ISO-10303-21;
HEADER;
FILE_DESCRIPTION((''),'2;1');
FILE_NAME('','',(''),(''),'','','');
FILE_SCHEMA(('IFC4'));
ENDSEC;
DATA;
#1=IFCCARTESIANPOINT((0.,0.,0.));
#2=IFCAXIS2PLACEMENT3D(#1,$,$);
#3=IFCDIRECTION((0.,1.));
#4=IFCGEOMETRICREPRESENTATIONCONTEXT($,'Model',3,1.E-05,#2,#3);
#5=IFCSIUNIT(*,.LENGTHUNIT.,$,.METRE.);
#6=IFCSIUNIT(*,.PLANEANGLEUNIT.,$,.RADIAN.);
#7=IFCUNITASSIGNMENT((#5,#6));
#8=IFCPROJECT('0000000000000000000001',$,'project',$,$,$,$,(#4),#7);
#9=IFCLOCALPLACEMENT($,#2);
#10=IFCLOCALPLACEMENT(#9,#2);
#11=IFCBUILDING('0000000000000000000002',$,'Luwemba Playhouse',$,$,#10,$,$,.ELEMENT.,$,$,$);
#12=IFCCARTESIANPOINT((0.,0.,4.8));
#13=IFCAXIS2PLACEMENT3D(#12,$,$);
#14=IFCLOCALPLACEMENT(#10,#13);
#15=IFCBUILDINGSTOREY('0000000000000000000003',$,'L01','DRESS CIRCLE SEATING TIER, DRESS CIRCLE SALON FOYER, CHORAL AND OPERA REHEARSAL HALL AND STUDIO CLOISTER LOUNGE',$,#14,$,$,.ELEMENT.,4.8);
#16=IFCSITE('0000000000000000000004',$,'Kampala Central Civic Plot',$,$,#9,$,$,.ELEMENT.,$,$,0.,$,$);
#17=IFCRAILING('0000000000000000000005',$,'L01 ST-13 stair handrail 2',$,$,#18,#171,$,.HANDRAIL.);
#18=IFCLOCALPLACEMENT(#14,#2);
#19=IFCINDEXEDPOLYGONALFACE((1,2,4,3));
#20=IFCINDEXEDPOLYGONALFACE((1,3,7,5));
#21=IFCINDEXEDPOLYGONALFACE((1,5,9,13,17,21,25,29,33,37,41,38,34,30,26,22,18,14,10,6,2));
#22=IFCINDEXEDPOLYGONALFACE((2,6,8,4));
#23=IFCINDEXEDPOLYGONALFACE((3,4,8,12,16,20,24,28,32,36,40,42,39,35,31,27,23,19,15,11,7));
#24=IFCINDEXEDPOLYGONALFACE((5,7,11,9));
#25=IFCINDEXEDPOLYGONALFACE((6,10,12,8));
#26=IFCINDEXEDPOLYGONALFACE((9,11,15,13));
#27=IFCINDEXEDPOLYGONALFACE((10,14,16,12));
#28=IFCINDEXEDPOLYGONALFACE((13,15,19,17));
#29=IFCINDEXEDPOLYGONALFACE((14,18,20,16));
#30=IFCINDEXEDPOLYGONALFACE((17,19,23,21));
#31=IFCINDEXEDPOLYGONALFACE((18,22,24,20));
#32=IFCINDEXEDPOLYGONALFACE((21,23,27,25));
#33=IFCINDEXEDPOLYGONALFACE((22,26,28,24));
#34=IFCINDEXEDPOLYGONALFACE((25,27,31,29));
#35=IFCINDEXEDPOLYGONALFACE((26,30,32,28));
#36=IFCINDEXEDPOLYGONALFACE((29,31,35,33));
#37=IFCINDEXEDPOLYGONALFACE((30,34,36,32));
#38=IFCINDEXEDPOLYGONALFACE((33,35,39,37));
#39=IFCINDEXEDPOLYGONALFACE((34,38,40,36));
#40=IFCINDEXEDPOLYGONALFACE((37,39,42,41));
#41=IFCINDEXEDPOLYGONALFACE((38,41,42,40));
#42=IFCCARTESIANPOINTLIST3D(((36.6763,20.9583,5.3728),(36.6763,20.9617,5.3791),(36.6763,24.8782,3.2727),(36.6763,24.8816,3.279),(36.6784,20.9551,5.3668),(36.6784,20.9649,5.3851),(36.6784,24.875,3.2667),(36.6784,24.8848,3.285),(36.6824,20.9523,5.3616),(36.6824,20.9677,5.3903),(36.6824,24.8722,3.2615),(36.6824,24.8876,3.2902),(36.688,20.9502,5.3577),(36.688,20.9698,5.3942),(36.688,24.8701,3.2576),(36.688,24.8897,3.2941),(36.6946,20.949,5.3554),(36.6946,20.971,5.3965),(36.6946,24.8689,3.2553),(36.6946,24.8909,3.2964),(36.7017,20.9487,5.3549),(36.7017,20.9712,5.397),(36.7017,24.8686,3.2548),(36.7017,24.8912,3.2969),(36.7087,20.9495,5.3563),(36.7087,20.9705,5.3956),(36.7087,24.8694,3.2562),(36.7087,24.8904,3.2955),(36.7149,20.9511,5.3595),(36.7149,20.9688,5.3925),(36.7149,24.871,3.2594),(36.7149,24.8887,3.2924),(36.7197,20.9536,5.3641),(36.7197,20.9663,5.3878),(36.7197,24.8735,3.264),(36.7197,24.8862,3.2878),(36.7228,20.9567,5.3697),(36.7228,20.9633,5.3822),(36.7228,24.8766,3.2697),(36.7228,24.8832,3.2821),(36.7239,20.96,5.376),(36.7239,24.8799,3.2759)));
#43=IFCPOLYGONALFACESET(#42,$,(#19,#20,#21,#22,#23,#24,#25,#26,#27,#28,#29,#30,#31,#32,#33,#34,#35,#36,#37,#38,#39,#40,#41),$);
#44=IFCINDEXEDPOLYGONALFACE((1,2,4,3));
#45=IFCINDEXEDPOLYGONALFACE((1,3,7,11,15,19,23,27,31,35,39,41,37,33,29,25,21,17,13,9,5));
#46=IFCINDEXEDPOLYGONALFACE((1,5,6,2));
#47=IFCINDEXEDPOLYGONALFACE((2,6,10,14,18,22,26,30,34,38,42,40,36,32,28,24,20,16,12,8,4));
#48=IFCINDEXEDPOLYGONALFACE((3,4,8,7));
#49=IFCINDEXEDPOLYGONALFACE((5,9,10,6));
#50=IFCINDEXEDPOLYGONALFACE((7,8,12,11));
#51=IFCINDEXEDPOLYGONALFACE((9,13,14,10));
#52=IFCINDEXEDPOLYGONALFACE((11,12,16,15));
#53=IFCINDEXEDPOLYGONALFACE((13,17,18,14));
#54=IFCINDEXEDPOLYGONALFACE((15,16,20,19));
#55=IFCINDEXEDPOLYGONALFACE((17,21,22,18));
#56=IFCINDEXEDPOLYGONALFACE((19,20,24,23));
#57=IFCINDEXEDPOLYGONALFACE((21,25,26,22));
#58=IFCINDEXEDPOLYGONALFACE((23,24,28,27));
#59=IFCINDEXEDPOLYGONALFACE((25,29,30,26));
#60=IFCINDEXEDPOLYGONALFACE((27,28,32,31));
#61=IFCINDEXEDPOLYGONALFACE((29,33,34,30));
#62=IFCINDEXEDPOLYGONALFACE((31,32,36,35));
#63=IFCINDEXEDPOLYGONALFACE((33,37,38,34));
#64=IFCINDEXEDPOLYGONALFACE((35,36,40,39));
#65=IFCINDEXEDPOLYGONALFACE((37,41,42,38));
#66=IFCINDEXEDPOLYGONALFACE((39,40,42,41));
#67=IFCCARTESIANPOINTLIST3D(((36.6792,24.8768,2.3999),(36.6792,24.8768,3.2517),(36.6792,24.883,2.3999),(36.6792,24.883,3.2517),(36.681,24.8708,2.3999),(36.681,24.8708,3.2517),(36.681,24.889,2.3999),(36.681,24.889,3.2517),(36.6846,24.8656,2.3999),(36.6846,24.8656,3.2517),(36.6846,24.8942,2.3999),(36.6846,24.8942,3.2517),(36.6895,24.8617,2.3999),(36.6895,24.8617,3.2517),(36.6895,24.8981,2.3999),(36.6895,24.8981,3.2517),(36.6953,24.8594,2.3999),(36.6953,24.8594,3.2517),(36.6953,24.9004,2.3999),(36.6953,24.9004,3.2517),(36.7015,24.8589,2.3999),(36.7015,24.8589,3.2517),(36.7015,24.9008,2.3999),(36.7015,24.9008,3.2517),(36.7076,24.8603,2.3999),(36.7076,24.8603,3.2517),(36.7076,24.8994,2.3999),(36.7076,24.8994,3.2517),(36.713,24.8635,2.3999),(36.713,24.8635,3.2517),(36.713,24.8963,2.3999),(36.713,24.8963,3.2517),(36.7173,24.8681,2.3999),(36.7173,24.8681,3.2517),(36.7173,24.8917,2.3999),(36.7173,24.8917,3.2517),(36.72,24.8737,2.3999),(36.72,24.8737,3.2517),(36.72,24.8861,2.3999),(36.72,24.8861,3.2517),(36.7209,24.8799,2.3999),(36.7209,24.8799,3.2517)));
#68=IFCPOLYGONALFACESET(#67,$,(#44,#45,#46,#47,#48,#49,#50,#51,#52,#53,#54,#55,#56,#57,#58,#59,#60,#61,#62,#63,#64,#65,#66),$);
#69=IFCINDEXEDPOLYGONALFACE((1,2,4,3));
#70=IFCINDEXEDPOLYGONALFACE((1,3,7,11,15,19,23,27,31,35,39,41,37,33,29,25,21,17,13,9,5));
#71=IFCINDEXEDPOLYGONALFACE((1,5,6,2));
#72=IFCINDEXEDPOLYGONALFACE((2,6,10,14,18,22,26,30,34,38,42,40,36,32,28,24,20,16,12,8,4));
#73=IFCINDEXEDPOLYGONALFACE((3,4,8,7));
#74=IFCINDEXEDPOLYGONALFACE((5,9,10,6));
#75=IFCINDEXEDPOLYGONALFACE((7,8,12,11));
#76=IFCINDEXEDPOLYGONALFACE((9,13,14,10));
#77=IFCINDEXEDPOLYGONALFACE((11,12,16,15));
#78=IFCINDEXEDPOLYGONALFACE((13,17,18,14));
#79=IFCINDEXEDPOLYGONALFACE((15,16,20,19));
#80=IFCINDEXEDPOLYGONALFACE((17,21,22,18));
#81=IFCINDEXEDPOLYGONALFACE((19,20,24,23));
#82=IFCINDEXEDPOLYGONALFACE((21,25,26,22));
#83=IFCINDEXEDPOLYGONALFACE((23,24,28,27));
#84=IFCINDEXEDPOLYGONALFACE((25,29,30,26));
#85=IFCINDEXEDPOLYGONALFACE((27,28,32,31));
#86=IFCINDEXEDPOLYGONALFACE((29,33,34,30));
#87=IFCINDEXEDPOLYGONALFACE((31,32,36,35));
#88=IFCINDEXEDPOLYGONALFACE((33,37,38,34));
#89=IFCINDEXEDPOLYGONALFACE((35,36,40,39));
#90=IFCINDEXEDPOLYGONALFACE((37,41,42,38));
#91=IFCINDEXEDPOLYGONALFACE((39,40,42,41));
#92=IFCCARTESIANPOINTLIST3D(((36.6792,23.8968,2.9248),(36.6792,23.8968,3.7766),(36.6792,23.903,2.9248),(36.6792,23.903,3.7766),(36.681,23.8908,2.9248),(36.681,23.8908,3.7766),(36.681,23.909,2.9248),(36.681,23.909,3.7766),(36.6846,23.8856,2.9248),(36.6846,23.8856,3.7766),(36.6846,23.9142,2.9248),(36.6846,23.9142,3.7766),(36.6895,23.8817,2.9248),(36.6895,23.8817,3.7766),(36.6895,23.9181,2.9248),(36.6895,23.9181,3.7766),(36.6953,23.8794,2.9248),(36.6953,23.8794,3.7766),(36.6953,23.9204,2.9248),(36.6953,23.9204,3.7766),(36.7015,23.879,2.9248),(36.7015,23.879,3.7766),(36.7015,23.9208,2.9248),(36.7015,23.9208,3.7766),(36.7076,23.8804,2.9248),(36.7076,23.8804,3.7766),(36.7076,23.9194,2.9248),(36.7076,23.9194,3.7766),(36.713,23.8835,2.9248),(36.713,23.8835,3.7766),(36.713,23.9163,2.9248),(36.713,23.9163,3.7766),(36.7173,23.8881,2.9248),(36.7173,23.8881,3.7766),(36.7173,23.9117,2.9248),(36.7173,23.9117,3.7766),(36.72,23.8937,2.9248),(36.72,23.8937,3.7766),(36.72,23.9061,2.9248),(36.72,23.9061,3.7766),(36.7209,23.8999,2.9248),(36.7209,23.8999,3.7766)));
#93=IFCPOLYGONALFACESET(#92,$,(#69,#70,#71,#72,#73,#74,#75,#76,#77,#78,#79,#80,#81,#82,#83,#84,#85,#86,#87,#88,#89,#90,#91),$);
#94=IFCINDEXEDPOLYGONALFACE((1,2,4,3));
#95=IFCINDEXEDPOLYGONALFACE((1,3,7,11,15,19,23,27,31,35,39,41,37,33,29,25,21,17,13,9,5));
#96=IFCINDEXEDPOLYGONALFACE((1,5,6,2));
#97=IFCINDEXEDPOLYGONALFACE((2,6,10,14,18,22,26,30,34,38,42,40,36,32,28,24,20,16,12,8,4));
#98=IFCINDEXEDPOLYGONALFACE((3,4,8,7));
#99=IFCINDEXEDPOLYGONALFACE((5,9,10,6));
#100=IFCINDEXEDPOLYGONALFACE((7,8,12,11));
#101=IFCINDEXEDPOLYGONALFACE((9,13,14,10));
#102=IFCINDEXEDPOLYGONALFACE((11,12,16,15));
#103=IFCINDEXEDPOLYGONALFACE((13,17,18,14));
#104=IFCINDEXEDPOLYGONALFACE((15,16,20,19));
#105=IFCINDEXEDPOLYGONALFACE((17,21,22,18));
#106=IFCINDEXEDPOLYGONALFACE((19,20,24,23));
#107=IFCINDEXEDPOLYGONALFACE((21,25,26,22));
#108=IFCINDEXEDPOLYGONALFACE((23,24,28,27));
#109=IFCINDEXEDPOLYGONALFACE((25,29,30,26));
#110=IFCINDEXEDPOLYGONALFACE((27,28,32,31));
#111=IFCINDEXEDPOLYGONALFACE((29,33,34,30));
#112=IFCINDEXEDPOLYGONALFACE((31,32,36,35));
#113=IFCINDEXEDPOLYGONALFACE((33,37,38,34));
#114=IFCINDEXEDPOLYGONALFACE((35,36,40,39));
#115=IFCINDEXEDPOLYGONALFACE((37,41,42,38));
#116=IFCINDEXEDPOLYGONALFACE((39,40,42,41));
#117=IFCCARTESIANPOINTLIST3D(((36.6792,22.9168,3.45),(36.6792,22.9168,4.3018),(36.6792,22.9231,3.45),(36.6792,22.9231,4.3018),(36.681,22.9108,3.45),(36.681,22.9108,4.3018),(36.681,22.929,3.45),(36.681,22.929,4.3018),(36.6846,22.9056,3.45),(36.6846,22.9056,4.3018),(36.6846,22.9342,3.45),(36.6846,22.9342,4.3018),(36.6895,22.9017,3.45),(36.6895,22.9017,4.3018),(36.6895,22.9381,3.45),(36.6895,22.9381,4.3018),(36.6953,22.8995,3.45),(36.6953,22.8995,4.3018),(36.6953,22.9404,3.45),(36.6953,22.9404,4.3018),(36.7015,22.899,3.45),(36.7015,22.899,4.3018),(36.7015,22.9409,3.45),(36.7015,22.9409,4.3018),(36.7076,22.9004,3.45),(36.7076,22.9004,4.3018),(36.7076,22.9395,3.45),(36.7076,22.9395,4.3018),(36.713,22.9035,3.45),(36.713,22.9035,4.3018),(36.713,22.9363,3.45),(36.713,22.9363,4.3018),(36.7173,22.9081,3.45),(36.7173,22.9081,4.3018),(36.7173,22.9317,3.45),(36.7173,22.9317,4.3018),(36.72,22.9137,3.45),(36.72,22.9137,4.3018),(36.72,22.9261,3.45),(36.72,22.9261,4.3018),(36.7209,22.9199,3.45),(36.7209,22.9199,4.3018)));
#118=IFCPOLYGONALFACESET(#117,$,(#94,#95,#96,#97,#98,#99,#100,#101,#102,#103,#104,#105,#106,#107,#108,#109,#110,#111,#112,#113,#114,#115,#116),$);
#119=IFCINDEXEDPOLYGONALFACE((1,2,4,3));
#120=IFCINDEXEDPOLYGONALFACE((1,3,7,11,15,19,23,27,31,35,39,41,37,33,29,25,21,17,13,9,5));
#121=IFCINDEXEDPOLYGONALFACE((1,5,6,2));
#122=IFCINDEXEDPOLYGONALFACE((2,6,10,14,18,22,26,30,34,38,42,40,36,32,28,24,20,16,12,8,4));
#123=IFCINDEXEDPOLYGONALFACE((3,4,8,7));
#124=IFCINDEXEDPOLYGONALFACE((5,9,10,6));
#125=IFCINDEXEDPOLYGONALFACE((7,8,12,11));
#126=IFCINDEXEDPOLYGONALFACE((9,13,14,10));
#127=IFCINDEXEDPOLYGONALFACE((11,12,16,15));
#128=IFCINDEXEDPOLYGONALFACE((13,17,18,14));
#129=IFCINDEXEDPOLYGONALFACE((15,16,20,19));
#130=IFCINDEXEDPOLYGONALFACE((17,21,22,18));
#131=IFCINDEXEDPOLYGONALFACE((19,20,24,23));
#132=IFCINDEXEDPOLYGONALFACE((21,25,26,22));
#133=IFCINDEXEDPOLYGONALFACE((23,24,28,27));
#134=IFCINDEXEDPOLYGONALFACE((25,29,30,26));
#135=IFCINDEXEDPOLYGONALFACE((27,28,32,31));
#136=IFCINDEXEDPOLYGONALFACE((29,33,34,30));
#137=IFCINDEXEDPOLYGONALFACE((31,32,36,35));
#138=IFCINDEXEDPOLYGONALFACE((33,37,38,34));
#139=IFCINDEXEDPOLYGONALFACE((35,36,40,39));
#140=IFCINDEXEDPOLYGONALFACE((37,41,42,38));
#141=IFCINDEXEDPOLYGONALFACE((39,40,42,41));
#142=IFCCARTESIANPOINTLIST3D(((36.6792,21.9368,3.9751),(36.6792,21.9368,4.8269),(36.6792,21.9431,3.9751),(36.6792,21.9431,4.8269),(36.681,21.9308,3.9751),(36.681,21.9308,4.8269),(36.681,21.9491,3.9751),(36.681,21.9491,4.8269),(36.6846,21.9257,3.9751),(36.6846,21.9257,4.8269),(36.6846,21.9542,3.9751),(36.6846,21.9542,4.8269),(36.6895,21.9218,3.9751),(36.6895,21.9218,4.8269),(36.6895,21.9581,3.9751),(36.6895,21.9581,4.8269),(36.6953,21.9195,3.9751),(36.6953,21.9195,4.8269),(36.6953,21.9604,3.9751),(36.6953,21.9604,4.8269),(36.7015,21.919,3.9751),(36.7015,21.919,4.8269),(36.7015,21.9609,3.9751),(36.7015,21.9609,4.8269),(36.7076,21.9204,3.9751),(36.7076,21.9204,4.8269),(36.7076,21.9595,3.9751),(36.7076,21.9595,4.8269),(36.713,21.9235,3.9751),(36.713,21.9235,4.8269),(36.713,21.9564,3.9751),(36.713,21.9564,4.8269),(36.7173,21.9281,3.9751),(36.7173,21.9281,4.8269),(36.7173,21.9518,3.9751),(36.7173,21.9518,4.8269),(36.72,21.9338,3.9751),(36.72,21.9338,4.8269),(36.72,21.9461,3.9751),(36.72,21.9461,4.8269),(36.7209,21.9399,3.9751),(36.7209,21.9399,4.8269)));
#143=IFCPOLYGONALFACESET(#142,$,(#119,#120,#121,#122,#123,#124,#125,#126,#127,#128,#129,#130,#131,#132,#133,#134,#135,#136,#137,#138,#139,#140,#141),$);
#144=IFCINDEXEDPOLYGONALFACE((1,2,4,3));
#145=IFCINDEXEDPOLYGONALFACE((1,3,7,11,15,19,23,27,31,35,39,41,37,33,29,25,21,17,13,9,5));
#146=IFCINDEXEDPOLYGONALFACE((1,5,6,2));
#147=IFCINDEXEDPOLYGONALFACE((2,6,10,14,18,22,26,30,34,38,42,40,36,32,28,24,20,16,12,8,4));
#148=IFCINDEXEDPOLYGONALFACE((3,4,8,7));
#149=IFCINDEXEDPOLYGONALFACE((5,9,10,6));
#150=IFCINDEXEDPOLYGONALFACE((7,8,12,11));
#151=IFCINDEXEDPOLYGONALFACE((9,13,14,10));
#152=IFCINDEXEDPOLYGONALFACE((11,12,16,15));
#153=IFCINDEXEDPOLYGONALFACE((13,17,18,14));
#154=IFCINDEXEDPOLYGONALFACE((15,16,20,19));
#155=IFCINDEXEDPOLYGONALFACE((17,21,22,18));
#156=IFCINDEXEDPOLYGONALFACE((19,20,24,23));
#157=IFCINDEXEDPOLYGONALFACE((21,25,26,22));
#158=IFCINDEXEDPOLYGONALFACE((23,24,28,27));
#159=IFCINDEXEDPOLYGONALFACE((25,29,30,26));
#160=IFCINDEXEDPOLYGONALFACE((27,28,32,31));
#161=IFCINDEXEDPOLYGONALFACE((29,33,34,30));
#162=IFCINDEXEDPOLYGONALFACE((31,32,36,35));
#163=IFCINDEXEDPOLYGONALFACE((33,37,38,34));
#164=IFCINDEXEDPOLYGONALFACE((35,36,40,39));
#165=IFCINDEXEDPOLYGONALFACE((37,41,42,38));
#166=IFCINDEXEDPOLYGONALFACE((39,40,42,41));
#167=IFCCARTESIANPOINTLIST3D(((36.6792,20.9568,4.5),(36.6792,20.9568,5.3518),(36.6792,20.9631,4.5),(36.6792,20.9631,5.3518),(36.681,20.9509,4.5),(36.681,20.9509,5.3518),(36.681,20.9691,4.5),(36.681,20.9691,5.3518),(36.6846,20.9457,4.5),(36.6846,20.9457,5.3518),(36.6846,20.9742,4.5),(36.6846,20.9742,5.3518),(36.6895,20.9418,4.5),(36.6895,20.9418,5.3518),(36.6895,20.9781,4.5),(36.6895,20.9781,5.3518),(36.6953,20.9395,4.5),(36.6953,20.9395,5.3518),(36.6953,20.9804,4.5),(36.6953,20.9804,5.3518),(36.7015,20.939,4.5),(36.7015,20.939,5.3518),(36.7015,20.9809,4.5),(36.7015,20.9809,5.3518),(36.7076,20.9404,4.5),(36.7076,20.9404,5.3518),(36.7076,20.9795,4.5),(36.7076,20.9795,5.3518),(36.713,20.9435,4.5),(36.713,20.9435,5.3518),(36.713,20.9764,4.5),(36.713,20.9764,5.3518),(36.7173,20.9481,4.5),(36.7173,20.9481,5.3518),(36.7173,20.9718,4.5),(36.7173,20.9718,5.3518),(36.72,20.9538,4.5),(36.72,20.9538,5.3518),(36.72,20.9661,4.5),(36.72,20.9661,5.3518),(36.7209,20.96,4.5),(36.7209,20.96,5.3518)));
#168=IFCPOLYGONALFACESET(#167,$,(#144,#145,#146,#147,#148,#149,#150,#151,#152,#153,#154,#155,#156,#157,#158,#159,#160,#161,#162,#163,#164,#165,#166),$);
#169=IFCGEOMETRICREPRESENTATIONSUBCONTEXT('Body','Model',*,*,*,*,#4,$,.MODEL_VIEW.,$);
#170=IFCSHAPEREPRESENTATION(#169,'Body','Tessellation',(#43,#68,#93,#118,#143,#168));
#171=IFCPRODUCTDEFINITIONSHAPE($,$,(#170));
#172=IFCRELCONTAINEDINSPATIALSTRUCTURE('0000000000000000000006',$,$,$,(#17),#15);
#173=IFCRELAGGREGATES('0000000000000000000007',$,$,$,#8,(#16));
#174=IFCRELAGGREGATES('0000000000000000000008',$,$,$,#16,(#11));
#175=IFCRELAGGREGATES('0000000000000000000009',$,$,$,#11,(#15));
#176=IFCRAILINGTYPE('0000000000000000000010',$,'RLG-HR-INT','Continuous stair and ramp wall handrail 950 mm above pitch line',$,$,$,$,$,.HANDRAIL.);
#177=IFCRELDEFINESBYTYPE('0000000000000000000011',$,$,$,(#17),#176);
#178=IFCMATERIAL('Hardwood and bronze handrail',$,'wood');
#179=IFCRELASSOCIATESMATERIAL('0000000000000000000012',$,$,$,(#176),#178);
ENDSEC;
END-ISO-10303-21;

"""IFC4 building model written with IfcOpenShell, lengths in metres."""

from ifc_helpers import new_model, si_unit, direction, frame, origin, origin_2d, place, context, subcontext, project, spatial, circle, extrude, material, type_object, element, save


model = new_model("IFC4")

# Units and contexts
model_context = context("Model", 3, precision=1e-05, world=origin(), true_north=direction((0.0, 1.0)))
body_context = subcontext(model_context, "Body", "Model", "MODEL_VIEW")
ifc_project = project(units=[si_unit("LENGTHUNIT", "METRE"), si_unit("PLANEANGLEUNIT", "RADIAN")], contexts=[model_context])

# Site, building, storey
site_placement = place(None, origin())
site = spatial("IfcSite", under=ifc_project, at=site_placement, Name="Kampala Central Civic Plot", CompositionType="ELEMENT", RefElevation=0.0)
building_placement = place(site_placement, origin())
building = spatial("IfcBuilding", under=site, at=building_placement, Name="Luwemba Playhouse", CompositionType="ELEMENT")
storey_placement = place(building_placement, frame((0.0, 0.0, 4.8)))
storey = spatial("IfcBuildingStorey", under=building, at=storey_placement, Name="L01", Description="DRESS CIRCLE SEATING TIER, DRESS CIRCLE SALON FOYER, CHORAL AND OPERA REHEARSAL HALL AND STUDIO CLOISTER LOUNGE", CompositionType="ELEMENT", Elevation=4.8)

# Railing
ifc_material_1 = material(Name="Hardwood and bronze handrail", Category="wood")
railing_type = type_object("IfcRailingType", Name="RLG-HR-INT", Description="Continuous stair and ramp wall handrail 950 mm above pitch line", PredefinedType="HANDRAIL", material=ifc_material_1)
railing_placement = place(storey_placement, frame((36.7, 24.8799, 2.3999)))
element("IfcRailing", 1, at=railing_placement, inside=storey, type_object=railing_type, Name="L01 ST-13 stair handrail 2", PredefinedType="HANDRAIL", context=body_context, shape_type="SweptSolid", body=[
    extrude(circle(Radius=0.0239, at=origin_2d()), frame((0.0, 0.0, 0.876), z_axis=(0.0, -0.881467, 0.472246), x_axis=(1.0, 0.0, 0.0)), (0.0, 0.0, 1.0), 4.447),
    extrude(circle(Radius=0.021, at=origin_2d()), origin(), (0.0, 0.0, 1.0), 0.8518),
    extrude(circle(Radius=0.021, at=origin_2d()), frame((0.0, -0.98, 0.5249)), (0.0, 0.0, 1.0), 0.8518),
    extrude(circle(Radius=0.021, at=origin_2d()), frame((0.0, -1.96, 1.05)), (0.0, 0.0, 1.0), 0.8518),
    extrude(circle(Radius=0.021, at=origin_2d()), frame((0.0, -2.9399, 1.5752)), (0.0, 0.0, 1.0), 0.8518),
    extrude(circle(Radius=0.021, at=origin_2d()), frame((0.0, -3.9199, 2.1001)), (0.0, 0.0, 1.0), 0.8518),
])

save(model, "model.ifc")
